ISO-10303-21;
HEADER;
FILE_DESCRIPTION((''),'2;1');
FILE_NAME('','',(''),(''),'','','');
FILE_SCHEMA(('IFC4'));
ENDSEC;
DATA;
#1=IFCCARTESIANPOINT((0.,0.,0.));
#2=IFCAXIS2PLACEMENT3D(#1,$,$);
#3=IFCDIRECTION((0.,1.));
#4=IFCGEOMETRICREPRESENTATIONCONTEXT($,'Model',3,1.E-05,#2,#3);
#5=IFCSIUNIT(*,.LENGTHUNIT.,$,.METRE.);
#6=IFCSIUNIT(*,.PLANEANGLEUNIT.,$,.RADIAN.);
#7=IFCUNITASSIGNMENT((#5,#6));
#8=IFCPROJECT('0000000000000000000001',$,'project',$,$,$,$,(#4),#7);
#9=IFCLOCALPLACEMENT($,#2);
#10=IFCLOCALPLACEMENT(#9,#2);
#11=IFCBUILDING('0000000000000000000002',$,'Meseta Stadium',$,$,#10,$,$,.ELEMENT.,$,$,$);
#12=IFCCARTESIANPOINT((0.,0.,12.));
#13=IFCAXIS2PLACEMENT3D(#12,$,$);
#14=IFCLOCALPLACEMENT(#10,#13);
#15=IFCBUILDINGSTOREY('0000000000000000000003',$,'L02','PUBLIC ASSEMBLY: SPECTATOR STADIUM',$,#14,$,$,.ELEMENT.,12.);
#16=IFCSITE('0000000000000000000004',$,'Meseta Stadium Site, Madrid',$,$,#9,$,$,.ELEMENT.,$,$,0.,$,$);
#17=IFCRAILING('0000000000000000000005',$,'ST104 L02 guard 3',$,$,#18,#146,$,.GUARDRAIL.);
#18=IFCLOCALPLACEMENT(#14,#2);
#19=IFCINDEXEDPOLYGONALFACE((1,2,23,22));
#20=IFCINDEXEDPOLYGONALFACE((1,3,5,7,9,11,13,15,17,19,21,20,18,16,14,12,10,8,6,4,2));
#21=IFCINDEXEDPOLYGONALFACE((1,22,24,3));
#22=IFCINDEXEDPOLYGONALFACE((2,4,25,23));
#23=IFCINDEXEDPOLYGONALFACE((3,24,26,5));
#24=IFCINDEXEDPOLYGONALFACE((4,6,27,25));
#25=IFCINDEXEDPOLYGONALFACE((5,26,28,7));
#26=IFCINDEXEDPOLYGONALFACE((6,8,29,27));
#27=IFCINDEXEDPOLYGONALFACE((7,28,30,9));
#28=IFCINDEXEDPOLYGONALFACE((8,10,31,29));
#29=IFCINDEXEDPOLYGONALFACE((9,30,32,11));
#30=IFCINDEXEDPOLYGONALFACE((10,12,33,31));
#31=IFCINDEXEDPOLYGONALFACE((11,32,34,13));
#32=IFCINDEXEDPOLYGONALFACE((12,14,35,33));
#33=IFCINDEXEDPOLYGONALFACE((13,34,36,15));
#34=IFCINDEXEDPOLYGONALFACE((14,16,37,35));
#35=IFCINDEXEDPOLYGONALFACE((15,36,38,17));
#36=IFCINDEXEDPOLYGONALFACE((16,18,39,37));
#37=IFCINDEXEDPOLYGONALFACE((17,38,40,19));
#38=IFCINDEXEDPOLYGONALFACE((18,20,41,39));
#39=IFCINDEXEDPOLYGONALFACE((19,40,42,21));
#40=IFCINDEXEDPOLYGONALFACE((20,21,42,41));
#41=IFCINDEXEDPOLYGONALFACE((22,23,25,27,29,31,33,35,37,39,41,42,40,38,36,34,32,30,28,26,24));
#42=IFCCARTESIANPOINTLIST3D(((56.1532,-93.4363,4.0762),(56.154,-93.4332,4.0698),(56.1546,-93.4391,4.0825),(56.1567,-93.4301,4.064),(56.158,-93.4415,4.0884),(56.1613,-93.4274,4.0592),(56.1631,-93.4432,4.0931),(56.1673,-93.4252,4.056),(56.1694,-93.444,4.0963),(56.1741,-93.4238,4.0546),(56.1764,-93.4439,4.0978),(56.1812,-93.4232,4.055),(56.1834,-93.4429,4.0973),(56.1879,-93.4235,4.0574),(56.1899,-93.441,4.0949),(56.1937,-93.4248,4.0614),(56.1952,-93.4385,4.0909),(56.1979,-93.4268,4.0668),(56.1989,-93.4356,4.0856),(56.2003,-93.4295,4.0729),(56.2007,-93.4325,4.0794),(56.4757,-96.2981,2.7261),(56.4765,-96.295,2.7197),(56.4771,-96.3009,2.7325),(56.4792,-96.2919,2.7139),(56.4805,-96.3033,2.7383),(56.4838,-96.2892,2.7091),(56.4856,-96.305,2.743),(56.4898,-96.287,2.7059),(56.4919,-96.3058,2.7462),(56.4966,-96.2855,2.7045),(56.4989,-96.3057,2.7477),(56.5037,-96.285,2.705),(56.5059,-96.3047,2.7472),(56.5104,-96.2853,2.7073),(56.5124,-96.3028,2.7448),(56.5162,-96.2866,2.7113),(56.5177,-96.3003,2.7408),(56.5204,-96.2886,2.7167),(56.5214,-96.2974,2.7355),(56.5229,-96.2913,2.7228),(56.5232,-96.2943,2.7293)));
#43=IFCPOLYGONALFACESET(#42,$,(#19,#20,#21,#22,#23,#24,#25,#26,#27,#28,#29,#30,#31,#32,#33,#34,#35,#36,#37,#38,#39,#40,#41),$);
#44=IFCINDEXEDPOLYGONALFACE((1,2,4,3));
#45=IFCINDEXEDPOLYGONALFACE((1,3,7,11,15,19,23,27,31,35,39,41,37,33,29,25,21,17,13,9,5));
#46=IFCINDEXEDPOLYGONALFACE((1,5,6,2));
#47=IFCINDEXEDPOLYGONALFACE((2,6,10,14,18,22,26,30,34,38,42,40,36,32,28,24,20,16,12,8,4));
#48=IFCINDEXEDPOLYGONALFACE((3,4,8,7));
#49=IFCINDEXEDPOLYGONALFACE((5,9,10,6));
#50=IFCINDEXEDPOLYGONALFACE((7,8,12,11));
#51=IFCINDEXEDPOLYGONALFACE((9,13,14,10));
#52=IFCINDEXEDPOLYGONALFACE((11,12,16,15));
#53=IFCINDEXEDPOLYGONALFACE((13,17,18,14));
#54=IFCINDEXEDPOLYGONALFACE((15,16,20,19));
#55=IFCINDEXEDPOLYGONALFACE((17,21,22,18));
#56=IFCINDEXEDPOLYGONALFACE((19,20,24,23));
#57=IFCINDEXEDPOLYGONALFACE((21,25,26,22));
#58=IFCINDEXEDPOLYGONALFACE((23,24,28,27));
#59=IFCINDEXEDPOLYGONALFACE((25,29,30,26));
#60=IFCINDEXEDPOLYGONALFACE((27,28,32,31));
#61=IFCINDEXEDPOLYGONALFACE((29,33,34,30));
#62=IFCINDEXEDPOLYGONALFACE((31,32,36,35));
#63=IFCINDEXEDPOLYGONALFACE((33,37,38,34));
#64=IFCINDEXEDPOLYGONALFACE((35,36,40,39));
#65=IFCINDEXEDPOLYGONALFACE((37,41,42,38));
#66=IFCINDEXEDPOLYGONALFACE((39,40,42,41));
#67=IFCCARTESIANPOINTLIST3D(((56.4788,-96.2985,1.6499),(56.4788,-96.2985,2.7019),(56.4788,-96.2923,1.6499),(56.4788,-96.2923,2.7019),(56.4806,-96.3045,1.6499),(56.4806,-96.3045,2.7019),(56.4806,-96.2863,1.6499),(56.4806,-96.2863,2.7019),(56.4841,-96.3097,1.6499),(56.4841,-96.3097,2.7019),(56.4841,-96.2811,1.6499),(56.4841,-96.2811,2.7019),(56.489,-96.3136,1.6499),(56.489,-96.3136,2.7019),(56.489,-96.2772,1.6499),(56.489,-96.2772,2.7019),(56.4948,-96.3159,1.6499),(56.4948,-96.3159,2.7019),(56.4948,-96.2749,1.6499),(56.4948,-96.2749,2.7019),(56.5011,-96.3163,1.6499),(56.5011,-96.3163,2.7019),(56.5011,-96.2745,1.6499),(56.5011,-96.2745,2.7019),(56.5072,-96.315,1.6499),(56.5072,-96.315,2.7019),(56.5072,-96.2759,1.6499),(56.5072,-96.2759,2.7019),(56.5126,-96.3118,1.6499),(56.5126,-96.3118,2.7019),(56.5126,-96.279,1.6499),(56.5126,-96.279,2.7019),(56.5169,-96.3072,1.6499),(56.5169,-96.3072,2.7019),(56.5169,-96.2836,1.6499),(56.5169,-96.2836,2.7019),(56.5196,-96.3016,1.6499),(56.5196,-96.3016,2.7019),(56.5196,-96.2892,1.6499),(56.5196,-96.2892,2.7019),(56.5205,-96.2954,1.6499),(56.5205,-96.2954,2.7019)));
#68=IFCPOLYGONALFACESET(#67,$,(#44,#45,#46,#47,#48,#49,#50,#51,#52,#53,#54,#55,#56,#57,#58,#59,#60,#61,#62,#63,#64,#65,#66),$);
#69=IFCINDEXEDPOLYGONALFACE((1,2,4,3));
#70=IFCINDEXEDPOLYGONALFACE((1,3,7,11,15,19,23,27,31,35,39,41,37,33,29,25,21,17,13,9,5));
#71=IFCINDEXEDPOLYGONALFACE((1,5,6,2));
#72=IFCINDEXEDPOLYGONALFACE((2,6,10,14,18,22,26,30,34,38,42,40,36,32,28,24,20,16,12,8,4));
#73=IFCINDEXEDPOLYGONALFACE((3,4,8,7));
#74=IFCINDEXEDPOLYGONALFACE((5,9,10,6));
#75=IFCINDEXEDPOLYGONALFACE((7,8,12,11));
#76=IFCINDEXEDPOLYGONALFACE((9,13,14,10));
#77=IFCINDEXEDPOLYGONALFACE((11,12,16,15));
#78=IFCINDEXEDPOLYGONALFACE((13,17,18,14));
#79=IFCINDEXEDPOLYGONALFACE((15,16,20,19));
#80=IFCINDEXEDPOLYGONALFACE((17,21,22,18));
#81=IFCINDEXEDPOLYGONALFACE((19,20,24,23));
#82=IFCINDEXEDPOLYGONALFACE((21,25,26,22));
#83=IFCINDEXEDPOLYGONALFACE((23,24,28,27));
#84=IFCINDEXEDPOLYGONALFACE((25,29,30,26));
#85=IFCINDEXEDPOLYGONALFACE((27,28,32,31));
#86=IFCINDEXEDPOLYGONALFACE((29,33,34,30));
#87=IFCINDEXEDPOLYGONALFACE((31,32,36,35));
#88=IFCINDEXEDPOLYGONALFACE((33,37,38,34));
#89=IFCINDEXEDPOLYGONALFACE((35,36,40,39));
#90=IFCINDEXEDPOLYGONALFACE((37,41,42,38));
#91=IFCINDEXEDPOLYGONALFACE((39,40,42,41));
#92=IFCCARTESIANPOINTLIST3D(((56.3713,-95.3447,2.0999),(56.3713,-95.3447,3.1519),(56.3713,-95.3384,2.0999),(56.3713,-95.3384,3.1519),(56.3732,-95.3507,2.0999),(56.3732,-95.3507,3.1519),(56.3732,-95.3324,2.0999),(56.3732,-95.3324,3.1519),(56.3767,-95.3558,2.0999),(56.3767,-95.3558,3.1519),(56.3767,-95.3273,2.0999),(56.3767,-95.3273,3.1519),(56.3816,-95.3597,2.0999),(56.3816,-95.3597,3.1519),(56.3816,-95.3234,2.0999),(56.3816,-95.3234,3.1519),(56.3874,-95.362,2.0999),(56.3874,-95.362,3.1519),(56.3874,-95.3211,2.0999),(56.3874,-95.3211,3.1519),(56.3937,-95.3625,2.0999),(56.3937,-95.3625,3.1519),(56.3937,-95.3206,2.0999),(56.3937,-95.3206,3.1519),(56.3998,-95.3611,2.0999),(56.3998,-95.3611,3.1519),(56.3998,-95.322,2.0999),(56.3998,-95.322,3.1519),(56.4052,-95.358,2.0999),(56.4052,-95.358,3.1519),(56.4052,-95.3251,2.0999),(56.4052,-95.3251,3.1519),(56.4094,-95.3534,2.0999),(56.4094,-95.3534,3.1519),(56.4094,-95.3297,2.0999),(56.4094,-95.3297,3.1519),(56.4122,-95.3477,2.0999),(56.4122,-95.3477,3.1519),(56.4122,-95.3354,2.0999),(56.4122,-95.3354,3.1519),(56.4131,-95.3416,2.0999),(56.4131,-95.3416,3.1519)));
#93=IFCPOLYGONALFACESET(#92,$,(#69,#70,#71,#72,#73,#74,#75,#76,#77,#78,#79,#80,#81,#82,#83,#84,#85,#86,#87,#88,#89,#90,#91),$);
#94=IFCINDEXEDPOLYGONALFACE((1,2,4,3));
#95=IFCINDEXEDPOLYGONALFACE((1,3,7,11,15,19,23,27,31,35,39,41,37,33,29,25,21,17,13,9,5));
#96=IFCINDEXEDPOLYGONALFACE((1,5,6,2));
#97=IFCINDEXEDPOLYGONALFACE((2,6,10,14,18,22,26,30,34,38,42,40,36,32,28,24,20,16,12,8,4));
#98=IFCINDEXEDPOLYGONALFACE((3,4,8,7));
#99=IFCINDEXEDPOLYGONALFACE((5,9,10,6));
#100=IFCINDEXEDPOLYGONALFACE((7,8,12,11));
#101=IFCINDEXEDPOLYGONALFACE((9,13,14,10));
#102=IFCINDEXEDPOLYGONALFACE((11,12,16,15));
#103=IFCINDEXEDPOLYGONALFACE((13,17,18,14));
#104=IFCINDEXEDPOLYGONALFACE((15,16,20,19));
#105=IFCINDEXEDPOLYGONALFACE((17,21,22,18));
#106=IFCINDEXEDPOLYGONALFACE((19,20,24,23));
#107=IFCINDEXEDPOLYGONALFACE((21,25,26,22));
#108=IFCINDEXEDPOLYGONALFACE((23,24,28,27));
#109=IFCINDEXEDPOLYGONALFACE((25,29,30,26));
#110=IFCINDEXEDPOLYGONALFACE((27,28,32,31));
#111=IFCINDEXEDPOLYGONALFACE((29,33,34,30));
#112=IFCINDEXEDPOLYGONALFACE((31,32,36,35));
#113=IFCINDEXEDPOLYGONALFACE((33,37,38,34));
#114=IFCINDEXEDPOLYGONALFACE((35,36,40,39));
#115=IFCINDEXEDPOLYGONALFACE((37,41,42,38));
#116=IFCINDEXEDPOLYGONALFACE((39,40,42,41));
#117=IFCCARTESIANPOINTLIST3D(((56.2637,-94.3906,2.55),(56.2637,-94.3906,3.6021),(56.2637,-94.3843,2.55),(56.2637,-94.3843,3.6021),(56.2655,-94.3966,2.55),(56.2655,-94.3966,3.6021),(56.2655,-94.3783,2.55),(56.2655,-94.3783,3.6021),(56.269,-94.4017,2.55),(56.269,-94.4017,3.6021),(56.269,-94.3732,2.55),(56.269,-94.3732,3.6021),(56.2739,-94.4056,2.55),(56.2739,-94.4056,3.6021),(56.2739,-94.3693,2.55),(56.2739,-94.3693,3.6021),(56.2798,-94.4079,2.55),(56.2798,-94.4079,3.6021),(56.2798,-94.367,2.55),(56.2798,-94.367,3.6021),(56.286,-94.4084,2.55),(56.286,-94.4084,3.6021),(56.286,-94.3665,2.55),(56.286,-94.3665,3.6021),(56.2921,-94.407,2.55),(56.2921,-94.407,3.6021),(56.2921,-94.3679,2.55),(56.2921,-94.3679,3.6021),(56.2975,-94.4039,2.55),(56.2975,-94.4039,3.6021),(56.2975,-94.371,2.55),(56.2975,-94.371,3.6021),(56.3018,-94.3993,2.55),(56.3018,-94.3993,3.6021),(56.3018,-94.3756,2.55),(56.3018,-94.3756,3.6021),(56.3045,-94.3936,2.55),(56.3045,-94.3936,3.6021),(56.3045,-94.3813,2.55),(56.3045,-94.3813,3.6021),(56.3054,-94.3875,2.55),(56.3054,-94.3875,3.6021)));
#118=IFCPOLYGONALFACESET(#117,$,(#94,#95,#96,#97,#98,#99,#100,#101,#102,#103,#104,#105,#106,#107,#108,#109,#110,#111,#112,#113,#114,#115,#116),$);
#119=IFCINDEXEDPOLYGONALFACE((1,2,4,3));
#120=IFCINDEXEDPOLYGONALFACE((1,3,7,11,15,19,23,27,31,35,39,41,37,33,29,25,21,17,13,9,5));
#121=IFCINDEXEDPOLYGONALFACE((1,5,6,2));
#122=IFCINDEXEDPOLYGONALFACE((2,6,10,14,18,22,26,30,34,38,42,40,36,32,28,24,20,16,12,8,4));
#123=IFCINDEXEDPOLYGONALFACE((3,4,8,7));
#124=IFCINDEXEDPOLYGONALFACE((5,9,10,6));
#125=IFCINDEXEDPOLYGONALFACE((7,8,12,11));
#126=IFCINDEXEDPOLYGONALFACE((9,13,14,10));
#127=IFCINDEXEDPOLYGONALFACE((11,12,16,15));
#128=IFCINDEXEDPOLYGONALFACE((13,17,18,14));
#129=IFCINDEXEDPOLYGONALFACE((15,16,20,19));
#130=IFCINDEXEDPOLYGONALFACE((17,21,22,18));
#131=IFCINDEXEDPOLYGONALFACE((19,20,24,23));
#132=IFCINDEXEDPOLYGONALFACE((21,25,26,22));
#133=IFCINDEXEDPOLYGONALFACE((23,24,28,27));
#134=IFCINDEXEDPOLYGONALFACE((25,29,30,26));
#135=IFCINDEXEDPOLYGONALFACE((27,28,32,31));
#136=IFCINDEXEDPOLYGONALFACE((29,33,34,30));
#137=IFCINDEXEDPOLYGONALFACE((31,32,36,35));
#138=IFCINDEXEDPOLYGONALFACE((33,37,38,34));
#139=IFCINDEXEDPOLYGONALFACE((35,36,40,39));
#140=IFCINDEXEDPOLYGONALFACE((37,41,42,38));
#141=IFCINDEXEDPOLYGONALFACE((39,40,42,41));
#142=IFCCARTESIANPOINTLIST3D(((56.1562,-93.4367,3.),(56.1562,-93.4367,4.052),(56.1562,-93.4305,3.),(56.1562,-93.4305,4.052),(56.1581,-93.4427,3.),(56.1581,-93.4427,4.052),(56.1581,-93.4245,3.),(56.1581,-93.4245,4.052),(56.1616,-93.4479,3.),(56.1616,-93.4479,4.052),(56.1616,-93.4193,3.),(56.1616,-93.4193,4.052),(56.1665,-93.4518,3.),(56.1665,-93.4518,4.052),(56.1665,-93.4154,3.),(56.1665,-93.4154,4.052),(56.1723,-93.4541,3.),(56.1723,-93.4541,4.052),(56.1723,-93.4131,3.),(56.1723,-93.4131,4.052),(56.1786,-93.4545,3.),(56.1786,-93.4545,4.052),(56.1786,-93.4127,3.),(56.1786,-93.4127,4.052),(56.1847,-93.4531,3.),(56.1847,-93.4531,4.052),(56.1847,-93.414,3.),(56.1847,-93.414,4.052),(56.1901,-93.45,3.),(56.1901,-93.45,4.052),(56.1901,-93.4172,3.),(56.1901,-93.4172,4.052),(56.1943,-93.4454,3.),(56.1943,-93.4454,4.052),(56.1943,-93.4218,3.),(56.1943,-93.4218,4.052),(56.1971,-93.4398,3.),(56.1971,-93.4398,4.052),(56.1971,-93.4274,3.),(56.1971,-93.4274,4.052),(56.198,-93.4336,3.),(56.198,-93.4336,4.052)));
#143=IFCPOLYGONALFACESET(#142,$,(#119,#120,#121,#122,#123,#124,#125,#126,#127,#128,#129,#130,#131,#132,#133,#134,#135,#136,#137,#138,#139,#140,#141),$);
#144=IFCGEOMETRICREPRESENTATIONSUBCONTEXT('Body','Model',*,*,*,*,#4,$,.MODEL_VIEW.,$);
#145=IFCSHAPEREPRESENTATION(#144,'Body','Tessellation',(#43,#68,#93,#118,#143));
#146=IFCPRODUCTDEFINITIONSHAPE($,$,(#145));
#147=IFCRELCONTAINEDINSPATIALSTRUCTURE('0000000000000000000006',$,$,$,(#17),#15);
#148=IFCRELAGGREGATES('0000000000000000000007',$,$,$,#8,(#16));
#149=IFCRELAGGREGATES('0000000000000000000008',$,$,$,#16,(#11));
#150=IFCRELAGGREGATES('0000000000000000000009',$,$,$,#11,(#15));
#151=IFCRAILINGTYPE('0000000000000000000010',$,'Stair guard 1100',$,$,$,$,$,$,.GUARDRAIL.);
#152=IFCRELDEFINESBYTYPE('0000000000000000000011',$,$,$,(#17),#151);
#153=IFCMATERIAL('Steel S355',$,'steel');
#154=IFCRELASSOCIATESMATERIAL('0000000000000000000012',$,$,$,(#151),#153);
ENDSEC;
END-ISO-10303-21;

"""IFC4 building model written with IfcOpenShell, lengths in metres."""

from ifc_helpers import new_model, si_unit, direction, frame, origin, origin_2d, place, context, subcontext, project, spatial, circle, extrude, material, type_object, element, save


model = new_model("IFC4")

# Units and contexts
model_context = context("Model", 3, precision=1e-05, world=origin(), true_north=direction((0.0, 1.0)))
body_context = subcontext(model_context, "Body", "Model", "MODEL_VIEW")
ifc_project = project(units=[si_unit("LENGTHUNIT", "METRE"), si_unit("PLANEANGLEUNIT", "RADIAN")], contexts=[model_context])

# Site, building, storey
site_placement = place(None, origin())
site = spatial("IfcSite", under=ifc_project, at=site_placement, Name="Meseta Stadium Site, Madrid", CompositionType="ELEMENT", RefElevation=0.0)
building_placement = place(site_placement, origin())
building = spatial("IfcBuilding", under=site, at=building_placement, Name="Meseta Stadium", CompositionType="ELEMENT")
storey_placement = place(building_placement, frame((0.0, 0.0, 12.0)))
storey = spatial("IfcBuildingStorey", under=building, at=storey_placement, Name="L02", Description="PUBLIC ASSEMBLY: SPECTATOR STADIUM", CompositionType="ELEMENT", Elevation=12.0)

# Railing
ifc_material_1 = material(Name="Steel S355", Category="steel")
railing_type_1 = type_object("IfcRailingType", Name="Stair guard 1100", PredefinedType="GUARDRAIL", material=ifc_material_1)
railing_1_placement = place(storey_placement, frame((56.4995, -96.2954, 1.6499)))
element("IfcRailing", 1, at=railing_1_placement, inside=storey, type_object=railing_type_1, Name="ST104 L02 guard 3", PredefinedType="GUARDRAIL", context=body_context, shape_type="SweptSolid", body=[
    extrude(circle(Radius=0.0239, at=origin_2d()), frame((0.0, 0.0, 1.0762), z_axis=(-0.101396, 0.899748, 0.424467), x_axis=(-0.99371, -0.111985, 0.0)), (0.0, 0.0, 1.0), 3.1807),
    extrude(circle(Radius=0.021, at=origin_2d()), origin(), (0.0, 0.0, 1.0), 1.052),
    extrude(circle(Radius=0.021, at=origin_2d()), frame((-0.1074, 0.9539, 0.45)), (0.0, 0.0, 1.0), 1.052),
    extrude(circle(Radius=0.021, at=origin_2d()), frame((-0.2151, 1.908, 0.9001)), (0.0, 0.0, 1.0), 1.052),
    extrude(circle(Radius=0.021, at=origin_2d()), frame((-0.3225, 2.8618, 1.3501)), (0.0, 0.0, 1.0), 1.052),
])

save(model, "model.ifc")
